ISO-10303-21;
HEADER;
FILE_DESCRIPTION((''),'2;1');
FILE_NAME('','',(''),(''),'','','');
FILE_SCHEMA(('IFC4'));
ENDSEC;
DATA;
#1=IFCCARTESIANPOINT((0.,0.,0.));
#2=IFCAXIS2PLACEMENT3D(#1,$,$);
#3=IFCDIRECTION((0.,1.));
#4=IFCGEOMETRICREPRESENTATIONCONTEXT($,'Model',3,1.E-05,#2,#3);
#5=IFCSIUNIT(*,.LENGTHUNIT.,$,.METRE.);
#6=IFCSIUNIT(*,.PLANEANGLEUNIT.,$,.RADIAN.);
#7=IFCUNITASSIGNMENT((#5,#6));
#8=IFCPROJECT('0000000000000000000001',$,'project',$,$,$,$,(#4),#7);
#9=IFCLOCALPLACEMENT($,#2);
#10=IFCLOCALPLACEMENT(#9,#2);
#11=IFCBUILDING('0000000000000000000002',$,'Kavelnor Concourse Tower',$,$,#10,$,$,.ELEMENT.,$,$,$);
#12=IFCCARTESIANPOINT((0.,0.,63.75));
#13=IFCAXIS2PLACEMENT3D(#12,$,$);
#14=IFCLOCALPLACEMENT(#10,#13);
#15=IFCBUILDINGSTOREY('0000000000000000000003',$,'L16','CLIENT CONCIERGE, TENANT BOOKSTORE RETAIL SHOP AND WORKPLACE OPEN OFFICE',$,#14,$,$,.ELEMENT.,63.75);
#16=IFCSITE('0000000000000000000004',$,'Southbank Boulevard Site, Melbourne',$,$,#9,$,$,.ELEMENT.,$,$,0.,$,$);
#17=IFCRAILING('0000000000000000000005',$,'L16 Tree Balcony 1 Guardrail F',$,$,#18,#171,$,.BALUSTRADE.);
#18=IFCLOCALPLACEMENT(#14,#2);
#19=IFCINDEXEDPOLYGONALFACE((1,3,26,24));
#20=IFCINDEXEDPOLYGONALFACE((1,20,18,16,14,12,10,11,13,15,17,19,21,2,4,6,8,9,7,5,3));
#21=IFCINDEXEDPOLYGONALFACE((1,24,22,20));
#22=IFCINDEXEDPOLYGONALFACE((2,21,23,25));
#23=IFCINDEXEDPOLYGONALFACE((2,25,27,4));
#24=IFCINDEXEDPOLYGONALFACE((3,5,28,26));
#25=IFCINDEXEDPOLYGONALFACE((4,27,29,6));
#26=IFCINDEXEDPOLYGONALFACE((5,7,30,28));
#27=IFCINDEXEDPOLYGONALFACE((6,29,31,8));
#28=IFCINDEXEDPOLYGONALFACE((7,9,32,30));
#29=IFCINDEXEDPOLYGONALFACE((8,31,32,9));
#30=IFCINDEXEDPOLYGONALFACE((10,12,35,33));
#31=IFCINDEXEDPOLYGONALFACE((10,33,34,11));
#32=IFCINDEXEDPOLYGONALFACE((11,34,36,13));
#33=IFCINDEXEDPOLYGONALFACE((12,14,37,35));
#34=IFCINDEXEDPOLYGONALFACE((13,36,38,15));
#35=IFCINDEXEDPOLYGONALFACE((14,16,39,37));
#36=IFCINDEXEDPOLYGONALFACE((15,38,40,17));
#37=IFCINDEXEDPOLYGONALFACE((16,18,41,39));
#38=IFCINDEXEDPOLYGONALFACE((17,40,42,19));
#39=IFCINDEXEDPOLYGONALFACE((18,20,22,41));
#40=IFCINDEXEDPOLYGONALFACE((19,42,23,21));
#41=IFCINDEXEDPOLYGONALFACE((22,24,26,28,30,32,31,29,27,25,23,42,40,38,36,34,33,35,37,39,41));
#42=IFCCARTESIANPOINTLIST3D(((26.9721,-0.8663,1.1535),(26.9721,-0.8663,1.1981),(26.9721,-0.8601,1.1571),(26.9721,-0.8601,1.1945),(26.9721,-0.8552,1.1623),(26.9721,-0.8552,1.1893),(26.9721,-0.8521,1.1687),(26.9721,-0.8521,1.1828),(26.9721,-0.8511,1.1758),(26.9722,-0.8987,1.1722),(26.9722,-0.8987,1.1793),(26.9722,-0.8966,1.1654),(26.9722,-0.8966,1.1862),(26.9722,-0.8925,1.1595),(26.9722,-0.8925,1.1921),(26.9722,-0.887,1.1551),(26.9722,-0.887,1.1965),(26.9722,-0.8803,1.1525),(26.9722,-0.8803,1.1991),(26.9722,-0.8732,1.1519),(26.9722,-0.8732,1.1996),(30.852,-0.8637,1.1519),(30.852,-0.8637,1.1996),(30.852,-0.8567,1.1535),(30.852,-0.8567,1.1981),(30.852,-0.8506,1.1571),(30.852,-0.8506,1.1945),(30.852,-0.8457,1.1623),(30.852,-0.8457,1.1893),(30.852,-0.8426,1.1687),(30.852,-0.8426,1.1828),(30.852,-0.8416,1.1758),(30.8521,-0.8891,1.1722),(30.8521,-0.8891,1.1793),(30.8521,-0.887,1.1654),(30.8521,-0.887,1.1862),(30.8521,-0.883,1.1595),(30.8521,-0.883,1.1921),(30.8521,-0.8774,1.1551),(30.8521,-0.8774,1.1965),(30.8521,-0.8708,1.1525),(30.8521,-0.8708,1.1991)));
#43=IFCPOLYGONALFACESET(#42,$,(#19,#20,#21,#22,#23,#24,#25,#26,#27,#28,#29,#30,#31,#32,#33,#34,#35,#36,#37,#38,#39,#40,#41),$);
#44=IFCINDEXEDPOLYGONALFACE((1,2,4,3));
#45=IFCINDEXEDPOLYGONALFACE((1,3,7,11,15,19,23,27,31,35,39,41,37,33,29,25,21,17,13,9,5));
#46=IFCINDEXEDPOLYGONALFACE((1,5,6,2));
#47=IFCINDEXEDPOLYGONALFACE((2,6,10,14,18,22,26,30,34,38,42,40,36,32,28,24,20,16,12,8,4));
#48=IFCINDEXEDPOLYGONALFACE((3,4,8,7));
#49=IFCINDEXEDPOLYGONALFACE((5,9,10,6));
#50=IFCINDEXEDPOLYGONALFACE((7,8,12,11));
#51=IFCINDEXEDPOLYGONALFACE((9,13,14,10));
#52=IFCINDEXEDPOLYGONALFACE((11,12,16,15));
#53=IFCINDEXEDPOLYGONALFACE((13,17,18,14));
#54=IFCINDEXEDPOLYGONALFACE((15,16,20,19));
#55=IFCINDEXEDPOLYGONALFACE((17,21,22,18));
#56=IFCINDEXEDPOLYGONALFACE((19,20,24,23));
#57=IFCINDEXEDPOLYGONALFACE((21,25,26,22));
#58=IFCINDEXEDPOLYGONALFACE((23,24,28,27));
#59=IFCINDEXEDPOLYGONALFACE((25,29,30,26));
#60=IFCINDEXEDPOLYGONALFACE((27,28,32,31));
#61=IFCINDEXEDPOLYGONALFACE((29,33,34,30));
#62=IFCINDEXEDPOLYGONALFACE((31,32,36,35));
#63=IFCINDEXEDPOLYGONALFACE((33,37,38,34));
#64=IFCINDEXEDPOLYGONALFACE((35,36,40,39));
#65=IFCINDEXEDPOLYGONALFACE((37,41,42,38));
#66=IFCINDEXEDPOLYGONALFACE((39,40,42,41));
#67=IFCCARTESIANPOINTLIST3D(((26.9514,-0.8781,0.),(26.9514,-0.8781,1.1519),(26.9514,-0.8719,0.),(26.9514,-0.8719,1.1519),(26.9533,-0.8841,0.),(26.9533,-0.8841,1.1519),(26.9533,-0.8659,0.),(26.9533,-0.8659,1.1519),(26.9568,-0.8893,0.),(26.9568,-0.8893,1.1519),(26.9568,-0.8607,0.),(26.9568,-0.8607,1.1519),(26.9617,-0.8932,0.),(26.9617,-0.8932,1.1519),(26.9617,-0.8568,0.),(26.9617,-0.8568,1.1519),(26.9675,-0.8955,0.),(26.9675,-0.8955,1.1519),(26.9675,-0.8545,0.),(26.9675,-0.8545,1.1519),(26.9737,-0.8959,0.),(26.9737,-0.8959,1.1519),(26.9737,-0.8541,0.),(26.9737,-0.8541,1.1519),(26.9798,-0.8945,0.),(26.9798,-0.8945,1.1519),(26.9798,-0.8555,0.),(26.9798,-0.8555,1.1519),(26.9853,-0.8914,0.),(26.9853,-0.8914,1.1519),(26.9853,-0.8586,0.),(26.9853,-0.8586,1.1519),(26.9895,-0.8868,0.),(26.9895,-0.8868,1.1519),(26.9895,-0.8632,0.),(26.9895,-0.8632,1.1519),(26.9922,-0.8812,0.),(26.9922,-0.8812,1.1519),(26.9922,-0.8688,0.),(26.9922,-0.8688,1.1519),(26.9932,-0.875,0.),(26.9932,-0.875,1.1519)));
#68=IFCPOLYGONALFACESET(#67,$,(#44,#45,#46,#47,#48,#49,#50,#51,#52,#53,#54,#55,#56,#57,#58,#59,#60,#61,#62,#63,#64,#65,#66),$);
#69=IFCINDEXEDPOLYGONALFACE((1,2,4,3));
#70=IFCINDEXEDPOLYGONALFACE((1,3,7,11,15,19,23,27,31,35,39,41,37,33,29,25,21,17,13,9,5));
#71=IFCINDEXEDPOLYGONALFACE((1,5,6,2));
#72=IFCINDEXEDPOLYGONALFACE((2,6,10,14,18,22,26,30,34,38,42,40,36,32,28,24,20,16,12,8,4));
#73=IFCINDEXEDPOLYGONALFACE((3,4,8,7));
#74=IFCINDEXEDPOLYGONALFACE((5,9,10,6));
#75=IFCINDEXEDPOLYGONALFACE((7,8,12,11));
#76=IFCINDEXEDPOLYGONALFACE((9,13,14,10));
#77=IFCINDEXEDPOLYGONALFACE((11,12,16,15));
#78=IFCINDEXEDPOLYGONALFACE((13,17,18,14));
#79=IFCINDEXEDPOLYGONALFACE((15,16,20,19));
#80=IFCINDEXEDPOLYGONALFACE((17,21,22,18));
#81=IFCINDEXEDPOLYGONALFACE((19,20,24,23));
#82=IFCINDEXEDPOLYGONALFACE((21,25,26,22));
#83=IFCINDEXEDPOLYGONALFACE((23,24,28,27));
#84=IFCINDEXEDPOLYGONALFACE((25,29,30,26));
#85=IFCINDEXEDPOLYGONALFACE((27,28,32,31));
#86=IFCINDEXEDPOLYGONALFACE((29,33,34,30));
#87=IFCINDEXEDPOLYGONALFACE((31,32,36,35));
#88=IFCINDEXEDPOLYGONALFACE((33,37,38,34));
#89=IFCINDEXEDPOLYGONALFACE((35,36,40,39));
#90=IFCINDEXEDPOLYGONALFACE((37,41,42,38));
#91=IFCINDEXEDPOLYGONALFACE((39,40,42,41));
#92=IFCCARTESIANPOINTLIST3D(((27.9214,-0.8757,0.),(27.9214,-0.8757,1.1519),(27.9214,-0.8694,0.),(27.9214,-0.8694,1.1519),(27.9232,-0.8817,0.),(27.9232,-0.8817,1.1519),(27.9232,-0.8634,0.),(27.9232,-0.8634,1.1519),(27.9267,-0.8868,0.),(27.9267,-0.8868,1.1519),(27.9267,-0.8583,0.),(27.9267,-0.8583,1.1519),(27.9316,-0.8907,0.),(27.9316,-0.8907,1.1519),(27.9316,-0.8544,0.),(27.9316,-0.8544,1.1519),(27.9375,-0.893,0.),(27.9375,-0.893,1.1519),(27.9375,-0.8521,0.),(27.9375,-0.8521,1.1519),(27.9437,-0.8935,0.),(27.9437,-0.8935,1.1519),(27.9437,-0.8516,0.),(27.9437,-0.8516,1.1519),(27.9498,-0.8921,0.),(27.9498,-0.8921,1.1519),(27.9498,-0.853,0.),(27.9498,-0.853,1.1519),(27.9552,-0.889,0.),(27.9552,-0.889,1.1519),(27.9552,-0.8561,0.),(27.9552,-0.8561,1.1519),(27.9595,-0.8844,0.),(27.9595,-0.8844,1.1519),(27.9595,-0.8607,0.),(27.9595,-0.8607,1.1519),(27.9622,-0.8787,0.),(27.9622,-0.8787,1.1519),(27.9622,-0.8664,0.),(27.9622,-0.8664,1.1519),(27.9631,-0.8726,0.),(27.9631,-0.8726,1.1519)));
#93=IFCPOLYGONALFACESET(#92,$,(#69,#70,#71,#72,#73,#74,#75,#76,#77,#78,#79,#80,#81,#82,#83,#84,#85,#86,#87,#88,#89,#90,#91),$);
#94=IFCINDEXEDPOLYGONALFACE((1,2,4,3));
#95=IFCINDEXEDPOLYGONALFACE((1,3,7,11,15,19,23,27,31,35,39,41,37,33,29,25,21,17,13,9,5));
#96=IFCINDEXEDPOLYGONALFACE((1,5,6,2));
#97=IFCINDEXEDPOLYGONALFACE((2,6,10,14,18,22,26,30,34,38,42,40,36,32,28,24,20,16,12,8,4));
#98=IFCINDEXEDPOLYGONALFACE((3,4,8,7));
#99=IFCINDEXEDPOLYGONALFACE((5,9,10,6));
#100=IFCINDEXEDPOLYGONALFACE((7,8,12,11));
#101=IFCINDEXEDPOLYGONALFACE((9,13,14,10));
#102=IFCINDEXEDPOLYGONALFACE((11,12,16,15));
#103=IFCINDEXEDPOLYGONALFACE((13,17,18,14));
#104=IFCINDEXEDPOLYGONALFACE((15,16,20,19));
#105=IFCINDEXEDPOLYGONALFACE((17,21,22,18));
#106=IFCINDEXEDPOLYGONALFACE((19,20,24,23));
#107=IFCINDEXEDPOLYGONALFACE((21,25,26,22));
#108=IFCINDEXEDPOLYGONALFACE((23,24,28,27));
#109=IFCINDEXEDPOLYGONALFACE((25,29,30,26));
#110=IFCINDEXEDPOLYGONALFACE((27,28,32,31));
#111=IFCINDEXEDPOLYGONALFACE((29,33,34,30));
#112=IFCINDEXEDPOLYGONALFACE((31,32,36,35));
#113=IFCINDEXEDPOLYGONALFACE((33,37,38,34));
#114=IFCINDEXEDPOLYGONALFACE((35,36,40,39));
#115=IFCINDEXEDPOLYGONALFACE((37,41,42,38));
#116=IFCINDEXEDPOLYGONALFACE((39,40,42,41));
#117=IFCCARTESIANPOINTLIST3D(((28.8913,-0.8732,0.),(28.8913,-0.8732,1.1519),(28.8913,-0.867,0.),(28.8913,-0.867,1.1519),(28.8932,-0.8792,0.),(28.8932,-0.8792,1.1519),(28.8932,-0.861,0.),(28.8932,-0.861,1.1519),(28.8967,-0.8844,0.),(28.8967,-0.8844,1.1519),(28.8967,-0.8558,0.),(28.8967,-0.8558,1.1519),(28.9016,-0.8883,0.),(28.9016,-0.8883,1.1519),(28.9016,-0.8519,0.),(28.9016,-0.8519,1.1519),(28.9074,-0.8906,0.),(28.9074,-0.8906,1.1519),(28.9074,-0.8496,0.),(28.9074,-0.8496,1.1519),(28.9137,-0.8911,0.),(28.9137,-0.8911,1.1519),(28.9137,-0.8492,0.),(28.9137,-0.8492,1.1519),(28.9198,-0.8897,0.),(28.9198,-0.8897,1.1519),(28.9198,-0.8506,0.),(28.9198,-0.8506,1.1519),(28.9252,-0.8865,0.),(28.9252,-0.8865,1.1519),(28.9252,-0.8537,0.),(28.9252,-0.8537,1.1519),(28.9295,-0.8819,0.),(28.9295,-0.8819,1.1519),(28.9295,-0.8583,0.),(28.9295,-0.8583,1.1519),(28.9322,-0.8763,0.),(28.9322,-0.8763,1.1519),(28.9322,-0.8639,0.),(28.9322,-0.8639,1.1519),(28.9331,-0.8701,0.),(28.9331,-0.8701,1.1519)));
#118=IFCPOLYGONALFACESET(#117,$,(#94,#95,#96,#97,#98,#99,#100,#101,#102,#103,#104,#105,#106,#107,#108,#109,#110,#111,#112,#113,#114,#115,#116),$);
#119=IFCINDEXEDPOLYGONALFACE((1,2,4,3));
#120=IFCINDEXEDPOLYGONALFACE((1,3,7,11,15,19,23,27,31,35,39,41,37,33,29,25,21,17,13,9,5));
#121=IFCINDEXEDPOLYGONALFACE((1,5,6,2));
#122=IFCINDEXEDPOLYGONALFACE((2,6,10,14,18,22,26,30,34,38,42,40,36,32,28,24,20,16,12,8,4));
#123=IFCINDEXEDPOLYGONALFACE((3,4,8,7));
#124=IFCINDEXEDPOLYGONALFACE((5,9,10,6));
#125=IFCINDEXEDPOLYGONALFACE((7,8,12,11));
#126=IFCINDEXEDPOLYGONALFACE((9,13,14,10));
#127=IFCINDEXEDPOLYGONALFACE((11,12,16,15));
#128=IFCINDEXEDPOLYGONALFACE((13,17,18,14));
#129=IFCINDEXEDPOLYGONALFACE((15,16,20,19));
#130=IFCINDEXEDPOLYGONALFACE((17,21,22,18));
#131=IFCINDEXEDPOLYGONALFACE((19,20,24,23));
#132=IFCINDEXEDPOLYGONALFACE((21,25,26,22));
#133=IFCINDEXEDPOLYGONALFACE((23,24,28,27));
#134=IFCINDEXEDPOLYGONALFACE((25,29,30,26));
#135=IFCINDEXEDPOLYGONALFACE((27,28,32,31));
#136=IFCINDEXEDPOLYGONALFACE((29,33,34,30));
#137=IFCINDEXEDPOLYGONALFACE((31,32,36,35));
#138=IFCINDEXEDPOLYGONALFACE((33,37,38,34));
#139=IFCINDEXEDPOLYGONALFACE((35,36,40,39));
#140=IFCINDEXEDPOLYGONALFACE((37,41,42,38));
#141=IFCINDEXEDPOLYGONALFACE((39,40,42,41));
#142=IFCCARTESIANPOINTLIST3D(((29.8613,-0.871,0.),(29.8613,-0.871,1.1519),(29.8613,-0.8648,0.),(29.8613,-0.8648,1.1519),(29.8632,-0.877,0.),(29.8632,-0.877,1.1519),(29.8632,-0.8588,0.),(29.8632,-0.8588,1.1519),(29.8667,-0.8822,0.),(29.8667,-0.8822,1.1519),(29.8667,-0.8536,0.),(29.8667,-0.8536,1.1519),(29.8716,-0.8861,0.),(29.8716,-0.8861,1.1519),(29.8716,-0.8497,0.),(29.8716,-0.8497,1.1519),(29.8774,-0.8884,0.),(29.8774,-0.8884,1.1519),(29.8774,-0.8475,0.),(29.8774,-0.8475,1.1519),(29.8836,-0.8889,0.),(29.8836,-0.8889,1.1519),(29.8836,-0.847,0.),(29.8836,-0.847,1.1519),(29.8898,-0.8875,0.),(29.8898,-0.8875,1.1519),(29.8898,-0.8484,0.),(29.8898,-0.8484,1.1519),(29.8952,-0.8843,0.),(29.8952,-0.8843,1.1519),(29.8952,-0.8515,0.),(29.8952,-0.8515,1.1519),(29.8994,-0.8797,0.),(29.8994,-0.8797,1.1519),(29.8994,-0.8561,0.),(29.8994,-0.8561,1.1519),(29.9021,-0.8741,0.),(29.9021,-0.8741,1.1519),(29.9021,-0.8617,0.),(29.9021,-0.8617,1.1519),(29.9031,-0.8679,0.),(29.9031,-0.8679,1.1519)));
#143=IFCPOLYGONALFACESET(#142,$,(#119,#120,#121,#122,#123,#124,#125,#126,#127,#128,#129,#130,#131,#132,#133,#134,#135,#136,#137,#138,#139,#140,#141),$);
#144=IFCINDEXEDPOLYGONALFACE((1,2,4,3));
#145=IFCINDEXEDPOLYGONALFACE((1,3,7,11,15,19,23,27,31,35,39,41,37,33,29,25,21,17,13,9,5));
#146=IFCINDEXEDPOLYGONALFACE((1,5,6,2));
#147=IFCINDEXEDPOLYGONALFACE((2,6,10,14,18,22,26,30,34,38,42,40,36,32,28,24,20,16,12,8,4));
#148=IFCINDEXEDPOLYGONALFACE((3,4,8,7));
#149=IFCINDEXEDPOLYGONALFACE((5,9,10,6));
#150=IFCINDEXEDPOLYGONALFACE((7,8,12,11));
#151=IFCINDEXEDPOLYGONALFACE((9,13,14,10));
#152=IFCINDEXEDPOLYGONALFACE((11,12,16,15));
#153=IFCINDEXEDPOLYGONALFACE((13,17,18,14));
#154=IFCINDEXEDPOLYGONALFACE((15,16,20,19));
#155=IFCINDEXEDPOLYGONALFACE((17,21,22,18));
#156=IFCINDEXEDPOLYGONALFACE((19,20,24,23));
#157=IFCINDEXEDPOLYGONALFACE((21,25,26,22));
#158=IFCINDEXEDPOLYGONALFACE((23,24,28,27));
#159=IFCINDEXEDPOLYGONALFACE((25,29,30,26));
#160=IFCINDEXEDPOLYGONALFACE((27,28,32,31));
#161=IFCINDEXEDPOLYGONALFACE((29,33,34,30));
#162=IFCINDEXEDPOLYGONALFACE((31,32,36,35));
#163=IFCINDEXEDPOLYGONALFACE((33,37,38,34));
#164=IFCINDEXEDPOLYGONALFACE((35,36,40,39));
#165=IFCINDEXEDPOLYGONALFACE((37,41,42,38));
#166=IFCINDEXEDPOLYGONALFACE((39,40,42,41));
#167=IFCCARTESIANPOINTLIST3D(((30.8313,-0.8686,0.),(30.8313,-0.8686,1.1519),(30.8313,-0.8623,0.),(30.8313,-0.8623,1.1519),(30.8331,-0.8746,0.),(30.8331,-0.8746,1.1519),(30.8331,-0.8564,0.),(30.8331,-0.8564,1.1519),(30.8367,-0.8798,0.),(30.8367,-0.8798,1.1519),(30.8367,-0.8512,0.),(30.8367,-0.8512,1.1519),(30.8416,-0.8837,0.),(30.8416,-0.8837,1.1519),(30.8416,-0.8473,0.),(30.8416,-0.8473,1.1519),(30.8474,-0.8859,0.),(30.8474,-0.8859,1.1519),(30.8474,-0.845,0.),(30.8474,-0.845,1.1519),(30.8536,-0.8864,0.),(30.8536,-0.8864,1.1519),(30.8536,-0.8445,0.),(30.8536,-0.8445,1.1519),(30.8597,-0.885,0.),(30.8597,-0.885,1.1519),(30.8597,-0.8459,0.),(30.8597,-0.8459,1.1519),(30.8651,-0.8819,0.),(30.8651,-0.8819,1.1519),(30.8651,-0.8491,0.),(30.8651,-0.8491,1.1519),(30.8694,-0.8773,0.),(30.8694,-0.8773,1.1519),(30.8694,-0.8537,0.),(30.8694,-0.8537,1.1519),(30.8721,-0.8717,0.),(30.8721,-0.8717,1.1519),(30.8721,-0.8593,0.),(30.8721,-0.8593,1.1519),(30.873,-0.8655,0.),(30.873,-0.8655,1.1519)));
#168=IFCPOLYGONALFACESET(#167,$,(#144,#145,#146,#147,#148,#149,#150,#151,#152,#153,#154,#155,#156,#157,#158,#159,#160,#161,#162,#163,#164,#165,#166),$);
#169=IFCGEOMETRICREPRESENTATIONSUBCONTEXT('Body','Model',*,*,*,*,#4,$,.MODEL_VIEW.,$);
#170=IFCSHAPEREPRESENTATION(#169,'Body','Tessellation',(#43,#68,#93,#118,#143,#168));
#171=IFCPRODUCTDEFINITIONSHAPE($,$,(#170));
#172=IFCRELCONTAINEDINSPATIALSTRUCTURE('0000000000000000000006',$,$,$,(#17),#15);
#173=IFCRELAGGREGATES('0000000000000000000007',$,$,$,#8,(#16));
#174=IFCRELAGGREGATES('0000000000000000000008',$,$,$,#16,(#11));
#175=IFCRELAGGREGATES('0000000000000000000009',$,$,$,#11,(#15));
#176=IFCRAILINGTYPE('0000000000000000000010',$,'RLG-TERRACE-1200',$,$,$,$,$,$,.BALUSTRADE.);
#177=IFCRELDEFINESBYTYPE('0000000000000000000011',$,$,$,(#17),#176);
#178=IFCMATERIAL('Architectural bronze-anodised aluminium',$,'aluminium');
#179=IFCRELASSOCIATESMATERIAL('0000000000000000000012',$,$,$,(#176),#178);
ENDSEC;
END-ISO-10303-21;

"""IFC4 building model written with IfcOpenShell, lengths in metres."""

from ifc_helpers import new_model, si_unit, direction, frame, origin, origin_2d, place, context, subcontext, project, spatial, circle, extrude, material, type_object, element, save


model = new_model("IFC4")

# Units and contexts
model_context = context("Model", 3, precision=1e-05, world=origin(), true_north=direction((0.0, 1.0)))
body_context = subcontext(model_context, "Body", "Model", "MODEL_VIEW")
ifc_project = project(units=[si_unit("LENGTHUNIT", "METRE"), si_unit("PLANEANGLEUNIT", "RADIAN")], contexts=[model_context])

# Site, building, storey
site_placement = place(None, origin())
site = spatial("IfcSite", under=ifc_project, at=site_placement, Name="Southbank Boulevard Site, Melbourne", CompositionType="ELEMENT", RefElevation=0.0)
building_placement = place(site_placement, origin())
building = spatial("IfcBuilding", under=site, at=building_placement, Name="Kavelnor Concourse Tower", CompositionType="ELEMENT")
storey_placement = place(building_placement, frame((0.0, 0.0, 63.75)))
storey = spatial("IfcBuildingStorey", under=building, at=storey_placement, Name="L16", Description="CLIENT CONCIERGE, TENANT BOOKSTORE RETAIL SHOP AND WORKPLACE OPEN OFFICE", CompositionType="ELEMENT", Elevation=63.75)

# Railing
ifc_material_1 = material(Name="Architectural bronze-anodised aluminium", Category="aluminium")
railing_type = type_object("IfcRailingType", Name="RLG-TERRACE-1200", PredefinedType="BALUSTRADE", material=ifc_material_1)
railing_1_placement = place(storey_placement, frame((26.9722, -0.875, 0.0)))
element("IfcRailing", 1, at=railing_1_placement, inside=storey, type_object=railing_type, Name="L16 Tree Balcony 1 Guardrail F", PredefinedType="BALUSTRADE", context=body_context, shape_type="SweptSolid", body=[
    extrude(circle(Radius=0.0239, at=origin_2d()), frame((0.0, 0.0, 1.1758), z_axis=(0.999997, 0.002454, 0.0), x_axis=(-0.002454, 0.999997, 0.0)), (0.0, 0.0, 1.0), 3.8799),
    extrude(circle(Radius=0.021, at=origin_2d()), origin(), (0.0, 0.0, 1.0), 1.1519),
    extrude(circle(Radius=0.021, at=origin_2d()), frame((0.97, 0.0024, 0.0)), (0.0, 0.0, 1.0), 1.1519),
    extrude(circle(Radius=0.021, at=origin_2d()), frame((1.9399, 0.0049, 0.0)), (0.0, 0.0, 1.0), 1.1519),
    extrude(circle(Radius=0.021, at=origin_2d()), frame((2.9099, 0.0071, 0.0)), (0.0, 0.0, 1.0), 1.1519),
    extrude(circle(Radius=0.021, at=origin_2d()), frame((3.8799, 0.0095, 0.0)), (0.0, 0.0, 1.0), 1.1519),
])

save(model, "model.ifc")
